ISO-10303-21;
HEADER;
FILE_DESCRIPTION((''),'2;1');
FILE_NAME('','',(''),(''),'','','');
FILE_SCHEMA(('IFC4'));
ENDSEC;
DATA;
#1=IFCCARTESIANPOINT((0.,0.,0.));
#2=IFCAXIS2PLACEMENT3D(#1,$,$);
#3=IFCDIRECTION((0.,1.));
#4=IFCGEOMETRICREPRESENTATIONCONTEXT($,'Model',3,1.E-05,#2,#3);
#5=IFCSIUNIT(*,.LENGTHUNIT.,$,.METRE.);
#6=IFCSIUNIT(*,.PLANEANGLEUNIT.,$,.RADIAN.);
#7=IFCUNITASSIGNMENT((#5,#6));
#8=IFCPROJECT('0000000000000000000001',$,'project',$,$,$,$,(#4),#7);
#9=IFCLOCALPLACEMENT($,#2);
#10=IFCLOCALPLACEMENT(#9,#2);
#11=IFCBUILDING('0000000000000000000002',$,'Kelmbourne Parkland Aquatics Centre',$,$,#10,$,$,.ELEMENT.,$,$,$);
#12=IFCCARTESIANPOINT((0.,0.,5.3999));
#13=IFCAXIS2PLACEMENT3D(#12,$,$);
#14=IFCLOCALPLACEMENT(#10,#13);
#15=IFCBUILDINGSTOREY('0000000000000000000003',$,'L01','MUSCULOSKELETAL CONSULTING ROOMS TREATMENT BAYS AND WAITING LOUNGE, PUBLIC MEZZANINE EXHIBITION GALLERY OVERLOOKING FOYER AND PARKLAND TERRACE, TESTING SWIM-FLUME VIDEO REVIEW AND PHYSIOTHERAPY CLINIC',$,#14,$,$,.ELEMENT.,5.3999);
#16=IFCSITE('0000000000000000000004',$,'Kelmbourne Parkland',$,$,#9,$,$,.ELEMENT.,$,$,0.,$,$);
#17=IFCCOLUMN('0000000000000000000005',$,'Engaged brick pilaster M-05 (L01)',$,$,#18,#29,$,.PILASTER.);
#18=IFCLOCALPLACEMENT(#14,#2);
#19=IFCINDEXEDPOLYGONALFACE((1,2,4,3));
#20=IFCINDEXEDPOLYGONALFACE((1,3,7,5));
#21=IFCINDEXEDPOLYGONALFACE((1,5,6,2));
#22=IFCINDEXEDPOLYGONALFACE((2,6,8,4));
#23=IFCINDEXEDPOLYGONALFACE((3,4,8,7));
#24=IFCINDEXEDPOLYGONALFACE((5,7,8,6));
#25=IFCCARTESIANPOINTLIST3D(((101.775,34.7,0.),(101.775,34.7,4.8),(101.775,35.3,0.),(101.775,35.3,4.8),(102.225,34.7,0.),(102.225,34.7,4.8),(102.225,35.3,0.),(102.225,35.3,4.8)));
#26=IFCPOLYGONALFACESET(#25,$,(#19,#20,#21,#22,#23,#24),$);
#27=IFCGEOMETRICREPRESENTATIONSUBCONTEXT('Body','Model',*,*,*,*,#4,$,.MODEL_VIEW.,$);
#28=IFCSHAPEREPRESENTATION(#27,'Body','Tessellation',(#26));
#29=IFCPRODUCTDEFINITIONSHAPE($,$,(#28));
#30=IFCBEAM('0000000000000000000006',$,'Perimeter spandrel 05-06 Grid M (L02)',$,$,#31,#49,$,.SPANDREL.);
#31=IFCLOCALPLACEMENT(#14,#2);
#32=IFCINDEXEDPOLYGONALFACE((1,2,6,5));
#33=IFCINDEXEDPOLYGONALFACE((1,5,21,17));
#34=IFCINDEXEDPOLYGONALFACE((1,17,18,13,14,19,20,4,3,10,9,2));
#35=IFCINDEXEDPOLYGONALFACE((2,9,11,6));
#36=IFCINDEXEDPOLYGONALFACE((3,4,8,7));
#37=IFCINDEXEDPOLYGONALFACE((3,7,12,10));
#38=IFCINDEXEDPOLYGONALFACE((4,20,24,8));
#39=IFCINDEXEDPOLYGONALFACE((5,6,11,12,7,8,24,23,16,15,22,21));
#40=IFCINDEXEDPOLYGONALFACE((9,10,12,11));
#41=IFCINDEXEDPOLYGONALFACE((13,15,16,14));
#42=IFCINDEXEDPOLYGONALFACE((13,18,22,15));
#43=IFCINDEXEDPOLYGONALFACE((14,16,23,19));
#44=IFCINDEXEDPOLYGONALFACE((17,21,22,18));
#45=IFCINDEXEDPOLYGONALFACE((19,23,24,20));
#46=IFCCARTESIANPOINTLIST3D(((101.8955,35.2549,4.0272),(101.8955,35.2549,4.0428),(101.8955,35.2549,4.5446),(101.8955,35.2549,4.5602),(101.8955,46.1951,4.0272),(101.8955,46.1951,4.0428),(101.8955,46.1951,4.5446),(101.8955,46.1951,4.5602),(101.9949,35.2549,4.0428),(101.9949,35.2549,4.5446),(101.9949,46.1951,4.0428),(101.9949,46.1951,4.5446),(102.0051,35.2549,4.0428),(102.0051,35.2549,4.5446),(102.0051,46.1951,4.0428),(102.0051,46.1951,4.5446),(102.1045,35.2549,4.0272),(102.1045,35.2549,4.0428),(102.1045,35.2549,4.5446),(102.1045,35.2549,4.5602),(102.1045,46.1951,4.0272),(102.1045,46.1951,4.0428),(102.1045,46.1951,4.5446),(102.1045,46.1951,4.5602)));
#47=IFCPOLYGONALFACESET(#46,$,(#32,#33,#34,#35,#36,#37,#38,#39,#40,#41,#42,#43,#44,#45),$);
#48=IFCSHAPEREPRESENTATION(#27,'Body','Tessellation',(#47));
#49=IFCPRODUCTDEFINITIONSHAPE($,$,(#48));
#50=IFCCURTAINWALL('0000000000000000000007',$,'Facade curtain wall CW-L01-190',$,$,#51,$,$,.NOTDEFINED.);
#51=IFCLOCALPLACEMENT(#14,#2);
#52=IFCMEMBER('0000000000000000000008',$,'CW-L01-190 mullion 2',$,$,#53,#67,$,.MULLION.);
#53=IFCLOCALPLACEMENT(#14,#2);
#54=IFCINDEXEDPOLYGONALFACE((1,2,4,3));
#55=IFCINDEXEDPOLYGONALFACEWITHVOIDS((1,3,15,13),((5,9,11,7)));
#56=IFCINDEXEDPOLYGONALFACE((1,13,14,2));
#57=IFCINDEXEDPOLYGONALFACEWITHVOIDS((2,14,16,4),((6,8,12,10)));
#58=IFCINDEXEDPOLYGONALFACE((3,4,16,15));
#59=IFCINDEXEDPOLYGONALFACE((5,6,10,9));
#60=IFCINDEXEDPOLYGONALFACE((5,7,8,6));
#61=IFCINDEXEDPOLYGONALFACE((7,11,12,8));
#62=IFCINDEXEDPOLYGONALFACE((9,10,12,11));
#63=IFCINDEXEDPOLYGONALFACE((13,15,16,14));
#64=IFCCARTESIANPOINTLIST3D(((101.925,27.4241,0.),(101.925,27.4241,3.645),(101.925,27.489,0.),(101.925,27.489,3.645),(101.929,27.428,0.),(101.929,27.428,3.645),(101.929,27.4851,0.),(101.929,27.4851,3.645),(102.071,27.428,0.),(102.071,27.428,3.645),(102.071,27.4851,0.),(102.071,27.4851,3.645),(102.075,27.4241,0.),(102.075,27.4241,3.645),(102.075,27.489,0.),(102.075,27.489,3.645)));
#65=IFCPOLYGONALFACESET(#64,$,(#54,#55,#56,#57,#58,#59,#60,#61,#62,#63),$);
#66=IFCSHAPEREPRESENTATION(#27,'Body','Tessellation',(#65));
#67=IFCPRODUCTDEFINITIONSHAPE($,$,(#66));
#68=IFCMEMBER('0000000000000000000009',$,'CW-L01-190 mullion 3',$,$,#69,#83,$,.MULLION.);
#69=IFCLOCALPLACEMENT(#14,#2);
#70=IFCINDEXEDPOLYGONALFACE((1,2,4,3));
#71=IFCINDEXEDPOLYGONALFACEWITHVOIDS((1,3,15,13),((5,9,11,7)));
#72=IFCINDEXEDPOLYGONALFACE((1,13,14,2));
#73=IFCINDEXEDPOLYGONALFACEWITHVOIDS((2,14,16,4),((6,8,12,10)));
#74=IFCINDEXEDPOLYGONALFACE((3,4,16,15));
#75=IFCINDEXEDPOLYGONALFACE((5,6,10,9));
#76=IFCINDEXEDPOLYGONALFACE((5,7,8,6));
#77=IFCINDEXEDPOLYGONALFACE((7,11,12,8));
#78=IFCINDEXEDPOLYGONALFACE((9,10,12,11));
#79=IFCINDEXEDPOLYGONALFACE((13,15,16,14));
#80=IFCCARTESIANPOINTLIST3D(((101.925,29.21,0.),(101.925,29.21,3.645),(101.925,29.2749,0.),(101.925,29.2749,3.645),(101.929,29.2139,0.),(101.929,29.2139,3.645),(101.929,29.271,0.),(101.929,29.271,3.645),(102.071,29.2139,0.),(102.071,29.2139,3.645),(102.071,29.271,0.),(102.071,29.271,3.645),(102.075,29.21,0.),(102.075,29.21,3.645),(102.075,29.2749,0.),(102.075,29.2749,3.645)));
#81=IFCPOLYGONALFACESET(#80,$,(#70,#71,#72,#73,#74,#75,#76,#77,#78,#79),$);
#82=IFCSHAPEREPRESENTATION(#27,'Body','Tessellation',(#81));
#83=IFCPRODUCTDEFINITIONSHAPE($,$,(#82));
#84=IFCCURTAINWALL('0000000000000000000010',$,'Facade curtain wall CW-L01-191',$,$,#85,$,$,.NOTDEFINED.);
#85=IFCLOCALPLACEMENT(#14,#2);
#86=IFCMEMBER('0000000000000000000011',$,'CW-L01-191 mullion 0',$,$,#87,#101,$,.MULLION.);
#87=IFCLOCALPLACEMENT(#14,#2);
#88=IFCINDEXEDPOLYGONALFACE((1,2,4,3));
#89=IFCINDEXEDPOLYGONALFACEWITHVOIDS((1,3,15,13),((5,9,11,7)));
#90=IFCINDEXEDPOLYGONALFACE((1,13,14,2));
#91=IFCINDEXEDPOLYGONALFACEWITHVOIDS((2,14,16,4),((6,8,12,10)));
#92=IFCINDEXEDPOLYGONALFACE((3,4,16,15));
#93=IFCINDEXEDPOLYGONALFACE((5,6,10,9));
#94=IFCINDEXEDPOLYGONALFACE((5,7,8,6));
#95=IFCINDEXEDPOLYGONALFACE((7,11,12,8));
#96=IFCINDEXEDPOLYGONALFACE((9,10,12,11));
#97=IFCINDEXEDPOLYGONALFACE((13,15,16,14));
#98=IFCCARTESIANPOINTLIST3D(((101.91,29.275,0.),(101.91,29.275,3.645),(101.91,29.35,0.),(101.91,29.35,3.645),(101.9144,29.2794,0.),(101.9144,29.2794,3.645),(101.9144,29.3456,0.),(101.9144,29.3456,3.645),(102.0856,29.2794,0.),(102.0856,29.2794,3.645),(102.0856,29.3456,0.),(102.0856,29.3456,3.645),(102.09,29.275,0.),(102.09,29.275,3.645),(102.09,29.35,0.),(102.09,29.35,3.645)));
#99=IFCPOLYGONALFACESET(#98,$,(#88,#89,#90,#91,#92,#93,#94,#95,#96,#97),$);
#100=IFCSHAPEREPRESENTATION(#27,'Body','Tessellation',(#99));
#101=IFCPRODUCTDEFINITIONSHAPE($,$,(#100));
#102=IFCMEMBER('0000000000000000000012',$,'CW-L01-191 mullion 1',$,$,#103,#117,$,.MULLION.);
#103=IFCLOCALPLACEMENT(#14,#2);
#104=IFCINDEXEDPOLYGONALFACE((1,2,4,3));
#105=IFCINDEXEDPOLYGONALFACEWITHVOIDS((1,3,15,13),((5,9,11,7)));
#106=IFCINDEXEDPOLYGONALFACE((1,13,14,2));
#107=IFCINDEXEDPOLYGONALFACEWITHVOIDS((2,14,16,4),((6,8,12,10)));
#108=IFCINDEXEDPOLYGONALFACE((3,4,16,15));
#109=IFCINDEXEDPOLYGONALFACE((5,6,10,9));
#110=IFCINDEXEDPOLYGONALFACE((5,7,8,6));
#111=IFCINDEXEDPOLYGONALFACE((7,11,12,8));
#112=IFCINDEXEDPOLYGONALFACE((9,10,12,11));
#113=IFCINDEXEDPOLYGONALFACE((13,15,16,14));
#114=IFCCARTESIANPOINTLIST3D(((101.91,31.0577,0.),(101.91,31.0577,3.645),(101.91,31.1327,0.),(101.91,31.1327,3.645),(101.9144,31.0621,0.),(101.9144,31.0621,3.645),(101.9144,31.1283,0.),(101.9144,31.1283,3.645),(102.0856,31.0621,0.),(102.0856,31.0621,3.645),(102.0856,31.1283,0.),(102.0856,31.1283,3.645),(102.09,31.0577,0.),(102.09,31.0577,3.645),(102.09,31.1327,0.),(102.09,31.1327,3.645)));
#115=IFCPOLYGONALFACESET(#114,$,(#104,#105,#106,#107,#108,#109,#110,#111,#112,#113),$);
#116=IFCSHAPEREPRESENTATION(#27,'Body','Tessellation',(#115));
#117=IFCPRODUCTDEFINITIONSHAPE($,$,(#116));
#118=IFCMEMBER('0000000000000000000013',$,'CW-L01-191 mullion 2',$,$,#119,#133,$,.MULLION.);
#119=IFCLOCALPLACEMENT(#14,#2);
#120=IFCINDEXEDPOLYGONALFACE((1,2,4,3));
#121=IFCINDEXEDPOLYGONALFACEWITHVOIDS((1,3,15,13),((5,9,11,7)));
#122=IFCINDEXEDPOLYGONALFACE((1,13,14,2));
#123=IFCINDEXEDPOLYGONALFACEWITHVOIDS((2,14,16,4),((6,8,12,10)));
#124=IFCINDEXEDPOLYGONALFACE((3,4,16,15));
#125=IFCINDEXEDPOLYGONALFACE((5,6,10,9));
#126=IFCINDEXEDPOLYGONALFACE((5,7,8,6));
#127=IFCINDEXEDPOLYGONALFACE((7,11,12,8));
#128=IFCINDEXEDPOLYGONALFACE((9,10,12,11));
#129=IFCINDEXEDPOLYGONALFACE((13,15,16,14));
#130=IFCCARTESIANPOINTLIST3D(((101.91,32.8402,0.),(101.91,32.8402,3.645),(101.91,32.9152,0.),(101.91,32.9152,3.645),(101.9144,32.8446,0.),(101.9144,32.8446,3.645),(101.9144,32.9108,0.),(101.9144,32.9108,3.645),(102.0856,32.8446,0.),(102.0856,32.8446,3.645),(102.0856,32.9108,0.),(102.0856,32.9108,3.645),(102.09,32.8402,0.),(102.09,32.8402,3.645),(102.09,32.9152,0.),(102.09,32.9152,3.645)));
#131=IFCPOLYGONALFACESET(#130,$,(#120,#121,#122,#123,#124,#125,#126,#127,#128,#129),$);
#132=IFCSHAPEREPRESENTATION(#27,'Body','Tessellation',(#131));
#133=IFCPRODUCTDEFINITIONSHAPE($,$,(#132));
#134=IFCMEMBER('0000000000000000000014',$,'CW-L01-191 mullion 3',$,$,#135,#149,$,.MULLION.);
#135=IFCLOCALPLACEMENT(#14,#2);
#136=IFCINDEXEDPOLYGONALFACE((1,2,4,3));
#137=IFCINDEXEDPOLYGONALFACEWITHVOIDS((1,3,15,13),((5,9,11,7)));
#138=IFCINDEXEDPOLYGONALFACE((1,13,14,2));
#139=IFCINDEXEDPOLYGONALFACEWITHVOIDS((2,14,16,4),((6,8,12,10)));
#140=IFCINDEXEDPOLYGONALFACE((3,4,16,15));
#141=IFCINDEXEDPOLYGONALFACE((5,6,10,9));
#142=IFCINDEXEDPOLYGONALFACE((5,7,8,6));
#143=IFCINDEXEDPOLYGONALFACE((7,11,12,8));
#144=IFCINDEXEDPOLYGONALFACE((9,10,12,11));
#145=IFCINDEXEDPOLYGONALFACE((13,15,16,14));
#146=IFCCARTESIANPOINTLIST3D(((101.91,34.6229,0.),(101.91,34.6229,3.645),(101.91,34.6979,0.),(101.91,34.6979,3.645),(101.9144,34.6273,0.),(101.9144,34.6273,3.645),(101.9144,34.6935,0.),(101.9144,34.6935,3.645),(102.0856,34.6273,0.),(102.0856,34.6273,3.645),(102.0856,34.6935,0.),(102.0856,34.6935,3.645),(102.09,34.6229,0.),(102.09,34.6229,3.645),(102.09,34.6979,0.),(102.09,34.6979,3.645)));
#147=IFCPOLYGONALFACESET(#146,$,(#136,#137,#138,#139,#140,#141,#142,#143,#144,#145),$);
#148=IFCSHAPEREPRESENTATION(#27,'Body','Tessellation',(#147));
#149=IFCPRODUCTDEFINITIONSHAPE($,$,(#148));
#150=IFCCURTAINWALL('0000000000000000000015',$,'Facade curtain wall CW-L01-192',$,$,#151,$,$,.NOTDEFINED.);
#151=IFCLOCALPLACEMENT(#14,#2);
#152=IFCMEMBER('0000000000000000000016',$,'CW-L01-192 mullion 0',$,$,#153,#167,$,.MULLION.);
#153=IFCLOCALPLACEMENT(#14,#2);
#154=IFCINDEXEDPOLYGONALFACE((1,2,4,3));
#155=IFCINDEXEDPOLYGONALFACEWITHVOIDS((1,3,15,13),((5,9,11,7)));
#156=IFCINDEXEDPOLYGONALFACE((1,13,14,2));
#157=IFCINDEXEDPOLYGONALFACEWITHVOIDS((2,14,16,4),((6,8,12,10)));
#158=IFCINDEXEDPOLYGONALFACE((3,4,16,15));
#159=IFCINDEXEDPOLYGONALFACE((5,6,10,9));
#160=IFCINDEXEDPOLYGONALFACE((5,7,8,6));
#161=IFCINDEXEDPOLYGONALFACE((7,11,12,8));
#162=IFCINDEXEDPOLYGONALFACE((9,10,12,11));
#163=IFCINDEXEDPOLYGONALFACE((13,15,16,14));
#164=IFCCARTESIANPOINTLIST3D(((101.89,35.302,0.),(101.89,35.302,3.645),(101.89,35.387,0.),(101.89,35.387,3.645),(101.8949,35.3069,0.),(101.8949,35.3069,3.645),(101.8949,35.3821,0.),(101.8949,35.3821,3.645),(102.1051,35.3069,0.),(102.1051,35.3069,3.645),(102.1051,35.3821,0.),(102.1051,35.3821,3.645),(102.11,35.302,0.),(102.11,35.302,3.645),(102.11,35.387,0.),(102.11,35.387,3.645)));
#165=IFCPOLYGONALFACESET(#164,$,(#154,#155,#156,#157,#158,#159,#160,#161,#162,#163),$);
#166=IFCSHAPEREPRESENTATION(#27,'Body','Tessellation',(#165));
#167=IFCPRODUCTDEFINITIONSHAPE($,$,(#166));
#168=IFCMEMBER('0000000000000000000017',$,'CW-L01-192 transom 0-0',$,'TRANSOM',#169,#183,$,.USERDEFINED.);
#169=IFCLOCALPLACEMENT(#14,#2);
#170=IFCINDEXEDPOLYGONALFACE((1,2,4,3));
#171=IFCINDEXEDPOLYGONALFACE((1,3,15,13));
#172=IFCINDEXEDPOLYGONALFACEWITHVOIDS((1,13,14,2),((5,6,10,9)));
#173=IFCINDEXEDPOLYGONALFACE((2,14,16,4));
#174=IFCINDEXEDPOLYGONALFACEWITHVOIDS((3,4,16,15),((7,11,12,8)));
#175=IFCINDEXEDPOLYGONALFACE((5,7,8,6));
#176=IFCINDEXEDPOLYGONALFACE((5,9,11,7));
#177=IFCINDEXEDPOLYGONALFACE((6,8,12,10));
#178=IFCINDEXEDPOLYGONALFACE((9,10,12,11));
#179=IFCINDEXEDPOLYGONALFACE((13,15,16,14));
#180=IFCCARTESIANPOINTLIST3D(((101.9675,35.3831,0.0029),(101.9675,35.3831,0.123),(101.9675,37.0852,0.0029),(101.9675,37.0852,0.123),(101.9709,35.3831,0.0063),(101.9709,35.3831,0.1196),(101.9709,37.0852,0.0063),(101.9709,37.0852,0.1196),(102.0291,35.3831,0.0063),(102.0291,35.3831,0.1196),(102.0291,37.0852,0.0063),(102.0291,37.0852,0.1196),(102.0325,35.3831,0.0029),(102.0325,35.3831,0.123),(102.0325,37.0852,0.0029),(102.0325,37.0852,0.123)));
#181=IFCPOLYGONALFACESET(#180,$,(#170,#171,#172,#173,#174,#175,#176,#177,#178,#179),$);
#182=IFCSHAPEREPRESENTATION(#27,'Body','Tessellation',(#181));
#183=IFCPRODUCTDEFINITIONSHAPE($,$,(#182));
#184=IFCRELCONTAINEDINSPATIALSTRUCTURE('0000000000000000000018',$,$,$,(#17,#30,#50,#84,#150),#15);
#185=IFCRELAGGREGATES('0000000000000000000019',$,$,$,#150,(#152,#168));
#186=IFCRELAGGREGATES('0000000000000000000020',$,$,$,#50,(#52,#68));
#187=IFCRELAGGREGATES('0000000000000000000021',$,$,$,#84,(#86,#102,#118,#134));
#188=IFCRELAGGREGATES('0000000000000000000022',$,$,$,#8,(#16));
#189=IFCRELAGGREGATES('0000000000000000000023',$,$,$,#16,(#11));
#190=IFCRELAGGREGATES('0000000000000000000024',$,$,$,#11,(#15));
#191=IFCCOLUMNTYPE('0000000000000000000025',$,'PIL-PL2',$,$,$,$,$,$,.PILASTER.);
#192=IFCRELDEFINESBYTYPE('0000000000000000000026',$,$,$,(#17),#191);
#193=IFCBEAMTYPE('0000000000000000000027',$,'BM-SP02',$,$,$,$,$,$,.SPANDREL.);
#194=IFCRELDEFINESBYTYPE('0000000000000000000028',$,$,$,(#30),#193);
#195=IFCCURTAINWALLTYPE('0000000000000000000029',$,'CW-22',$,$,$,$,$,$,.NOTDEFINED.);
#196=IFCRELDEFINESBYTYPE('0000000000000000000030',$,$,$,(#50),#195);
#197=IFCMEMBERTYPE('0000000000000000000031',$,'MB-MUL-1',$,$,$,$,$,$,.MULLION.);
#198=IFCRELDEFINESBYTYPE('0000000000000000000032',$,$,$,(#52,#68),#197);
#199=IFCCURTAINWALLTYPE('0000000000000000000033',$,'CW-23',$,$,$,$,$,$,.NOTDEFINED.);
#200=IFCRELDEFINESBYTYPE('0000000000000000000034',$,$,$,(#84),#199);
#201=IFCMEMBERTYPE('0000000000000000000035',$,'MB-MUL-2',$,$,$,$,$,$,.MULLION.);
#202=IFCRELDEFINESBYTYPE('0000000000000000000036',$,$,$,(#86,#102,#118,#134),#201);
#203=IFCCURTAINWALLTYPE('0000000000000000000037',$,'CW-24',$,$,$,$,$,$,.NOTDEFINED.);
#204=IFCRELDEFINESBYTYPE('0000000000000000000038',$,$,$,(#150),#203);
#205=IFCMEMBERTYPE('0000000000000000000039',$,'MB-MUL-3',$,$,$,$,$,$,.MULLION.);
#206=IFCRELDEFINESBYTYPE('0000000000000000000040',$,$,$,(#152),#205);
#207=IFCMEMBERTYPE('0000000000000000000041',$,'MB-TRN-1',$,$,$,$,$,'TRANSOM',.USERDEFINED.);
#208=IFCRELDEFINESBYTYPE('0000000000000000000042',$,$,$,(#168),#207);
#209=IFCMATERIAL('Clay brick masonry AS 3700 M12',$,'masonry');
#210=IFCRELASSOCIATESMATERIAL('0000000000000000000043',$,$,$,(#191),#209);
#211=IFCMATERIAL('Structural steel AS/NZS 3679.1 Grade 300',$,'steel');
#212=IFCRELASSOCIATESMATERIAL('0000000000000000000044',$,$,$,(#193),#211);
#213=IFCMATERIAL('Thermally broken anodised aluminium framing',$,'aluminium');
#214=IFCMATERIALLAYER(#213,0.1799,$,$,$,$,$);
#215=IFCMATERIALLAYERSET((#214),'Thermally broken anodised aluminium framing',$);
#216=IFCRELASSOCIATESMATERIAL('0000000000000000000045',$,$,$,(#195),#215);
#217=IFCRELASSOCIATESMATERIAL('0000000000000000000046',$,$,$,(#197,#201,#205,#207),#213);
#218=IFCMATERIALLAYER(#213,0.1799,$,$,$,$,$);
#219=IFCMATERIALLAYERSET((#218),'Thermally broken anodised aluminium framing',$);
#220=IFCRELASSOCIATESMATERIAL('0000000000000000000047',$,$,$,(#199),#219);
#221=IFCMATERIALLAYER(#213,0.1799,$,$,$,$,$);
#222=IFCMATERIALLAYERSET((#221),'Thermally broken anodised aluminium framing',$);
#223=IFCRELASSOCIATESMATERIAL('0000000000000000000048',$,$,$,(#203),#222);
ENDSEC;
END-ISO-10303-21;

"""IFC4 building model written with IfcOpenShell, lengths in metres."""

from ifc_helpers import new_model, si_unit, direction, frame, origin, origin_2d, place, context, subcontext, project, spatial, rectangle, hollow_rectangle, i_section, extrude, material, layer, layer_set, material_profile, profile_set, type_object, element, aggregate, save


model = new_model("IFC4")

# Units and contexts
model_context = context("Model", 3, precision=1e-05, world=origin(), true_north=direction((0.0, 1.0)))
body_context = subcontext(model_context, "Body", "Model", "MODEL_VIEW")
ifc_project = project(units=[si_unit("LENGTHUNIT", "METRE"), si_unit("PLANEANGLEUNIT", "RADIAN")], contexts=[model_context])

# Site, building, storey
site_placement = place(None, origin())
site = spatial("IfcSite", under=ifc_project, at=site_placement, Name="Kelmbourne Parkland", CompositionType="ELEMENT", RefElevation=0.0)
building_placement = place(site_placement, origin())
building = spatial("IfcBuilding", under=site, at=building_placement, Name="Kelmbourne Parkland Aquatics Centre", CompositionType="ELEMENT")
storey_placement = place(building_placement, frame((0.0, 0.0, 5.3999)))
storey = spatial("IfcBuildingStorey", under=building, at=storey_placement, Name="L01", Description="MUSCULOSKELETAL CONSULTING ROOMS TREATMENT BAYS AND WAITING LOUNGE, PUBLIC MEZZANINE EXHIBITION GALLERY OVERLOOKING FOYER AND PARKLAND TERRACE, TESTING SWIM-FLUME VIDEO REVIEW AND PHYSIOTHERAPY CLINIC", CompositionType="ELEMENT", Elevation=5.3999)

# Column
ifc_material_1 = material(Name="Clay brick masonry AS 3700 M12", Category="masonry")
ifc_material_profile_1 = material_profile(ifc_material_1, rectangle(XDim=0.45, YDim=0.6001, at=origin_2d()), Name="PIL 450x600")
ifc_profile_set_1 = profile_set([ifc_material_profile_1], Name="Clay brick masonry AS 3700 M12")
column_type = type_object("IfcColumnType", Name="PIL-PL2", PredefinedType="PILASTER", material=ifc_profile_set_1)
column_placement = place(storey_placement, frame((102.0, 35.0, 0.0), z_axis=(0.0, 0.0, 1.0), x_axis=(1.0, 0.0, 0.0)))
element("IfcColumn", 1, at=column_placement, inside=storey, type_object=column_type, Name="Engaged brick pilaster M-05 (L01)", PredefinedType="PILASTER", context=body_context, shape_type="SweptSolid", body=[
    extrude(rectangle(XDim=0.45, YDim=0.6001, at=origin_2d()), origin(), (0.0, 0.0, 1.0), 4.8),
])

# Beam
ifc_material_2 = material(Name="Structural steel AS/NZS 3679.1 Grade 300", Category="steel")
ifc_material_profile_2 = material_profile(ifc_material_2, i_section(OverallWidth=0.209, OverallDepth=0.533, WebThickness=0.0103, FlangeThickness=0.0156, at=origin_2d()), Name="530UB92.4")
ifc_profile_set_2 = profile_set([ifc_material_profile_2], Name="Structural steel AS/NZS 3679.1 Grade 300")
beam_type = type_object("IfcBeamType", Name="BM-SP02", PredefinedType="SPANDREL", material=ifc_profile_set_2)
beam_placement = place(storey_placement, frame((102.0, 35.2549, 4.2937), z_axis=(0.0, 1.0, 0.0), x_axis=(-1.0, 0.0, 0.0)))
element("IfcBeam", 2, at=beam_placement, inside=storey, type_object=beam_type, Name="Perimeter spandrel 05-06 Grid M (L02)", PredefinedType="SPANDREL", context=body_context, shape_type="SweptSolid", body=[
    extrude(i_section(OverallWidth=0.209, OverallDepth=0.533, WebThickness=0.0103, FlangeThickness=0.0156, at=origin_2d()), origin(), (0.0, 0.0, 1.0), 10.9402),
])

# Curtain walls, members
ifc_material_3 = material(Name="Thermally broken anodised aluminium framing", Category="aluminium")
ifc_layer_1 = layer(ifc_material_3, 0.1799)
ifc_layer_set_1 = layer_set([ifc_layer_1], Name="Thermally broken anodised aluminium framing")
curtain_wall_type_1 = type_object("IfcCurtainWallType", Name="CW-22", PredefinedType="NOTDEFINED", material=ifc_layer_set_1)
curtain_wall_1_placement = place(storey_placement, origin())
curtain_wall_1 = element("IfcCurtainWall", 3, at=curtain_wall_1_placement, inside=storey, type_object=curtain_wall_type_1, Name="Facade curtain wall CW-L01-190", PredefinedType="NOTDEFINED")
ifc_material_profile_3 = material_profile(ifc_material_3, hollow_rectangle(XDim=0.0649, YDim=0.1499, WallThickness=0.0039, at=origin_2d()), Name="CW-M 65x150")
ifc_profile_set_3 = profile_set([ifc_material_profile_3], Name="Thermally broken anodised aluminium framing")
member_type_1 = type_object("IfcMemberType", Name="MB-MUL-1", PredefinedType="MULLION", material=ifc_profile_set_3)
member_1_placement = place(storey_placement, frame((102.0, 27.4565, 0.0), z_axis=(0.0, 0.0, 1.0), x_axis=(0.0, 1.0, 0.0)))
member_1 = element("IfcMember", 4, at=member_1_placement, type_object=member_type_1, Name="CW-L01-190 mullion 2", PredefinedType="MULLION", context=body_context, shape_type="SweptSolid", body=[
    extrude(hollow_rectangle(XDim=0.0649, YDim=0.1499, WallThickness=0.0039, at=origin_2d()), origin(), (0.0, 0.0, 1.0), 3.645),
])
member_2_placement = place(storey_placement, frame((102.0, 29.2424, 0.0), z_axis=(0.0, 0.0, 1.0), x_axis=(0.0, 1.0, 0.0)))
member_2 = element("IfcMember", 5, at=member_2_placement, type_object=member_type_1, Name="CW-L01-190 mullion 3", PredefinedType="MULLION", context=body_context, shape_type="SweptSolid", body=[
    extrude(hollow_rectangle(XDim=0.0649, YDim=0.1499, WallThickness=0.0039, at=origin_2d()), origin(), (0.0, 0.0, 1.0), 3.645),
])
ifc_layer_2 = layer(ifc_material_3, 0.1799)
ifc_layer_set_2 = layer_set([ifc_layer_2], Name="Thermally broken anodised aluminium framing")
curtain_wall_type_2 = type_object("IfcCurtainWallType", Name="CW-23", PredefinedType="NOTDEFINED", material=ifc_layer_set_2)
curtain_wall_2_placement = place(storey_placement, origin())
curtain_wall_2 = element("IfcCurtainWall", 6, at=curtain_wall_2_placement, inside=storey, type_object=curtain_wall_type_2, Name="Facade curtain wall CW-L01-191", PredefinedType="NOTDEFINED")
ifc_material_profile_4 = material_profile(ifc_material_3, hollow_rectangle(XDim=0.075, YDim=0.1799, WallThickness=0.0044, at=origin_2d()), Name="CW-M 75x180")
ifc_profile_set_4 = profile_set([ifc_material_profile_4], Name="Thermally broken anodised aluminium framing")
member_type_2 = type_object("IfcMemberType", Name="MB-MUL-2", PredefinedType="MULLION", material=ifc_profile_set_4)
member_3_placement = place(storey_placement, frame((102.0, 29.3125, 0.0), z_axis=(0.0, 0.0, 1.0), x_axis=(0.0, 1.0, 0.0)))
member_3 = element("IfcMember", 7, at=member_3_placement, type_object=member_type_2, Name="CW-L01-191 mullion 0", PredefinedType="MULLION", context=body_context, shape_type="SweptSolid", body=[
    extrude(hollow_rectangle(XDim=0.075, YDim=0.1799, WallThickness=0.0044, at=origin_2d()), origin(), (0.0, 0.0, 1.0), 3.645),
])
member_4_placement = place(storey_placement, frame((102.0, 31.0952, 0.0), z_axis=(0.0, 0.0, 1.0), x_axis=(0.0, 1.0, 0.0)))
member_4 = element("IfcMember", 8, at=member_4_placement, type_object=member_type_2, Name="CW-L01-191 mullion 1", PredefinedType="MULLION", context=body_context, shape_type="SweptSolid", body=[
    extrude(hollow_rectangle(XDim=0.075, YDim=0.1799, WallThickness=0.0044, at=origin_2d()), origin(), (0.0, 0.0, 1.0), 3.645),
])
member_5_placement = place(storey_placement, frame((102.0, 32.8777, 0.0), z_axis=(0.0, 0.0, 1.0), x_axis=(0.0, 1.0, 0.0)))
member_5 = element("IfcMember", 9, at=member_5_placement, type_object=member_type_2, Name="CW-L01-191 mullion 2", PredefinedType="MULLION", context=body_context, shape_type="SweptSolid", body=[
    extrude(hollow_rectangle(XDim=0.075, YDim=0.1799, WallThickness=0.0044, at=origin_2d()), origin(), (0.0, 0.0, 1.0), 3.645),
])
member_6_placement = place(storey_placement, frame((102.0, 34.6604, 0.0), z_axis=(0.0, 0.0, 1.0), x_axis=(0.0, 1.0, 0.0)))
member_6 = element("IfcMember", 10, at=member_6_placement, type_object=member_type_2, Name="CW-L01-191 mullion 3", PredefinedType="MULLION", context=body_context, shape_type="SweptSolid", body=[
    extrude(hollow_rectangle(XDim=0.075, YDim=0.1799, WallThickness=0.0044, at=origin_2d()), origin(), (0.0, 0.0, 1.0), 3.645),
])
ifc_layer_3 = layer(ifc_material_3, 0.1799)
ifc_layer_set_3 = layer_set([ifc_layer_3], Name="Thermally broken anodised aluminium framing")
curtain_wall_type_3 = type_object("IfcCurtainWallType", Name="CW-24", PredefinedType="NOTDEFINED", material=ifc_layer_set_3)
curtain_wall_3_placement = place(storey_placement, origin())
curtain_wall_3 = element("IfcCurtainWall", 11, at=curtain_wall_3_placement, inside=storey, type_object=curtain_wall_type_3, Name="Facade curtain wall CW-L01-192", PredefinedType="NOTDEFINED")
ifc_material_profile_5 = material_profile(ifc_material_3, hollow_rectangle(XDim=0.085, YDim=0.22, WallThickness=0.0049, at=origin_2d()), Name="CW-M 85x220")
ifc_profile_set_5 = profile_set([ifc_material_profile_5], Name="Thermally broken anodised aluminium framing")
member_type_3 = type_object("IfcMemberType", Name="MB-MUL-3", PredefinedType="MULLION", material=ifc_profile_set_5)
member_7_placement = place(storey_placement, frame((102.0, 35.3445, 0.0), z_axis=(0.0, 0.0, 1.0), x_axis=(0.0, 1.0, 0.0)))
member_7 = element("IfcMember", 12, at=member_7_placement, type_object=member_type_3, Name="CW-L01-192 mullion 0", PredefinedType="MULLION", context=body_context, shape_type="SweptSolid", body=[
    extrude(hollow_rectangle(XDim=0.085, YDim=0.22, WallThickness=0.0049, at=origin_2d()), origin(), (0.0, 0.0, 1.0), 3.645),
])
ifc_material_profile_6 = material_profile(ifc_material_3, hollow_rectangle(XDim=0.0649, YDim=0.1201, WallThickness=0.0034, at=origin_2d()), Name="CW-T 65x120")
ifc_profile_set_6 = profile_set([ifc_material_profile_6], Name="Thermally broken anodised aluminium framing")
member_type_4 = type_object("IfcMemberType", Name="MB-TRN-1", ElementType="TRANSOM", PredefinedType="USERDEFINED", material=ifc_profile_set_6)
member_8_placement = place(storey_placement, frame((102.0, 35.3831, 0.063), z_axis=(0.0, 1.0, 0.0), x_axis=(-1.0, 0.0, 0.0)))
member_8 = element("IfcMember", 13, at=member_8_placement, type_object=member_type_4, Name="CW-L01-192 transom 0-0", ObjectType="TRANSOM", PredefinedType="USERDEFINED", context=body_context, shape_type="SweptSolid", body=[
    extrude(hollow_rectangle(XDim=0.0649, YDim=0.1201, WallThickness=0.0034, at=origin_2d()), origin(), (0.0, 0.0, 1.0), 1.7021),
])

aggregate(curtain_wall_3, [member_7, member_8])
aggregate(curtain_wall_1, [member_1, member_2])
aggregate(curtain_wall_2, [member_3, member_4, member_5, member_6])

save(model, "model.ifc")
